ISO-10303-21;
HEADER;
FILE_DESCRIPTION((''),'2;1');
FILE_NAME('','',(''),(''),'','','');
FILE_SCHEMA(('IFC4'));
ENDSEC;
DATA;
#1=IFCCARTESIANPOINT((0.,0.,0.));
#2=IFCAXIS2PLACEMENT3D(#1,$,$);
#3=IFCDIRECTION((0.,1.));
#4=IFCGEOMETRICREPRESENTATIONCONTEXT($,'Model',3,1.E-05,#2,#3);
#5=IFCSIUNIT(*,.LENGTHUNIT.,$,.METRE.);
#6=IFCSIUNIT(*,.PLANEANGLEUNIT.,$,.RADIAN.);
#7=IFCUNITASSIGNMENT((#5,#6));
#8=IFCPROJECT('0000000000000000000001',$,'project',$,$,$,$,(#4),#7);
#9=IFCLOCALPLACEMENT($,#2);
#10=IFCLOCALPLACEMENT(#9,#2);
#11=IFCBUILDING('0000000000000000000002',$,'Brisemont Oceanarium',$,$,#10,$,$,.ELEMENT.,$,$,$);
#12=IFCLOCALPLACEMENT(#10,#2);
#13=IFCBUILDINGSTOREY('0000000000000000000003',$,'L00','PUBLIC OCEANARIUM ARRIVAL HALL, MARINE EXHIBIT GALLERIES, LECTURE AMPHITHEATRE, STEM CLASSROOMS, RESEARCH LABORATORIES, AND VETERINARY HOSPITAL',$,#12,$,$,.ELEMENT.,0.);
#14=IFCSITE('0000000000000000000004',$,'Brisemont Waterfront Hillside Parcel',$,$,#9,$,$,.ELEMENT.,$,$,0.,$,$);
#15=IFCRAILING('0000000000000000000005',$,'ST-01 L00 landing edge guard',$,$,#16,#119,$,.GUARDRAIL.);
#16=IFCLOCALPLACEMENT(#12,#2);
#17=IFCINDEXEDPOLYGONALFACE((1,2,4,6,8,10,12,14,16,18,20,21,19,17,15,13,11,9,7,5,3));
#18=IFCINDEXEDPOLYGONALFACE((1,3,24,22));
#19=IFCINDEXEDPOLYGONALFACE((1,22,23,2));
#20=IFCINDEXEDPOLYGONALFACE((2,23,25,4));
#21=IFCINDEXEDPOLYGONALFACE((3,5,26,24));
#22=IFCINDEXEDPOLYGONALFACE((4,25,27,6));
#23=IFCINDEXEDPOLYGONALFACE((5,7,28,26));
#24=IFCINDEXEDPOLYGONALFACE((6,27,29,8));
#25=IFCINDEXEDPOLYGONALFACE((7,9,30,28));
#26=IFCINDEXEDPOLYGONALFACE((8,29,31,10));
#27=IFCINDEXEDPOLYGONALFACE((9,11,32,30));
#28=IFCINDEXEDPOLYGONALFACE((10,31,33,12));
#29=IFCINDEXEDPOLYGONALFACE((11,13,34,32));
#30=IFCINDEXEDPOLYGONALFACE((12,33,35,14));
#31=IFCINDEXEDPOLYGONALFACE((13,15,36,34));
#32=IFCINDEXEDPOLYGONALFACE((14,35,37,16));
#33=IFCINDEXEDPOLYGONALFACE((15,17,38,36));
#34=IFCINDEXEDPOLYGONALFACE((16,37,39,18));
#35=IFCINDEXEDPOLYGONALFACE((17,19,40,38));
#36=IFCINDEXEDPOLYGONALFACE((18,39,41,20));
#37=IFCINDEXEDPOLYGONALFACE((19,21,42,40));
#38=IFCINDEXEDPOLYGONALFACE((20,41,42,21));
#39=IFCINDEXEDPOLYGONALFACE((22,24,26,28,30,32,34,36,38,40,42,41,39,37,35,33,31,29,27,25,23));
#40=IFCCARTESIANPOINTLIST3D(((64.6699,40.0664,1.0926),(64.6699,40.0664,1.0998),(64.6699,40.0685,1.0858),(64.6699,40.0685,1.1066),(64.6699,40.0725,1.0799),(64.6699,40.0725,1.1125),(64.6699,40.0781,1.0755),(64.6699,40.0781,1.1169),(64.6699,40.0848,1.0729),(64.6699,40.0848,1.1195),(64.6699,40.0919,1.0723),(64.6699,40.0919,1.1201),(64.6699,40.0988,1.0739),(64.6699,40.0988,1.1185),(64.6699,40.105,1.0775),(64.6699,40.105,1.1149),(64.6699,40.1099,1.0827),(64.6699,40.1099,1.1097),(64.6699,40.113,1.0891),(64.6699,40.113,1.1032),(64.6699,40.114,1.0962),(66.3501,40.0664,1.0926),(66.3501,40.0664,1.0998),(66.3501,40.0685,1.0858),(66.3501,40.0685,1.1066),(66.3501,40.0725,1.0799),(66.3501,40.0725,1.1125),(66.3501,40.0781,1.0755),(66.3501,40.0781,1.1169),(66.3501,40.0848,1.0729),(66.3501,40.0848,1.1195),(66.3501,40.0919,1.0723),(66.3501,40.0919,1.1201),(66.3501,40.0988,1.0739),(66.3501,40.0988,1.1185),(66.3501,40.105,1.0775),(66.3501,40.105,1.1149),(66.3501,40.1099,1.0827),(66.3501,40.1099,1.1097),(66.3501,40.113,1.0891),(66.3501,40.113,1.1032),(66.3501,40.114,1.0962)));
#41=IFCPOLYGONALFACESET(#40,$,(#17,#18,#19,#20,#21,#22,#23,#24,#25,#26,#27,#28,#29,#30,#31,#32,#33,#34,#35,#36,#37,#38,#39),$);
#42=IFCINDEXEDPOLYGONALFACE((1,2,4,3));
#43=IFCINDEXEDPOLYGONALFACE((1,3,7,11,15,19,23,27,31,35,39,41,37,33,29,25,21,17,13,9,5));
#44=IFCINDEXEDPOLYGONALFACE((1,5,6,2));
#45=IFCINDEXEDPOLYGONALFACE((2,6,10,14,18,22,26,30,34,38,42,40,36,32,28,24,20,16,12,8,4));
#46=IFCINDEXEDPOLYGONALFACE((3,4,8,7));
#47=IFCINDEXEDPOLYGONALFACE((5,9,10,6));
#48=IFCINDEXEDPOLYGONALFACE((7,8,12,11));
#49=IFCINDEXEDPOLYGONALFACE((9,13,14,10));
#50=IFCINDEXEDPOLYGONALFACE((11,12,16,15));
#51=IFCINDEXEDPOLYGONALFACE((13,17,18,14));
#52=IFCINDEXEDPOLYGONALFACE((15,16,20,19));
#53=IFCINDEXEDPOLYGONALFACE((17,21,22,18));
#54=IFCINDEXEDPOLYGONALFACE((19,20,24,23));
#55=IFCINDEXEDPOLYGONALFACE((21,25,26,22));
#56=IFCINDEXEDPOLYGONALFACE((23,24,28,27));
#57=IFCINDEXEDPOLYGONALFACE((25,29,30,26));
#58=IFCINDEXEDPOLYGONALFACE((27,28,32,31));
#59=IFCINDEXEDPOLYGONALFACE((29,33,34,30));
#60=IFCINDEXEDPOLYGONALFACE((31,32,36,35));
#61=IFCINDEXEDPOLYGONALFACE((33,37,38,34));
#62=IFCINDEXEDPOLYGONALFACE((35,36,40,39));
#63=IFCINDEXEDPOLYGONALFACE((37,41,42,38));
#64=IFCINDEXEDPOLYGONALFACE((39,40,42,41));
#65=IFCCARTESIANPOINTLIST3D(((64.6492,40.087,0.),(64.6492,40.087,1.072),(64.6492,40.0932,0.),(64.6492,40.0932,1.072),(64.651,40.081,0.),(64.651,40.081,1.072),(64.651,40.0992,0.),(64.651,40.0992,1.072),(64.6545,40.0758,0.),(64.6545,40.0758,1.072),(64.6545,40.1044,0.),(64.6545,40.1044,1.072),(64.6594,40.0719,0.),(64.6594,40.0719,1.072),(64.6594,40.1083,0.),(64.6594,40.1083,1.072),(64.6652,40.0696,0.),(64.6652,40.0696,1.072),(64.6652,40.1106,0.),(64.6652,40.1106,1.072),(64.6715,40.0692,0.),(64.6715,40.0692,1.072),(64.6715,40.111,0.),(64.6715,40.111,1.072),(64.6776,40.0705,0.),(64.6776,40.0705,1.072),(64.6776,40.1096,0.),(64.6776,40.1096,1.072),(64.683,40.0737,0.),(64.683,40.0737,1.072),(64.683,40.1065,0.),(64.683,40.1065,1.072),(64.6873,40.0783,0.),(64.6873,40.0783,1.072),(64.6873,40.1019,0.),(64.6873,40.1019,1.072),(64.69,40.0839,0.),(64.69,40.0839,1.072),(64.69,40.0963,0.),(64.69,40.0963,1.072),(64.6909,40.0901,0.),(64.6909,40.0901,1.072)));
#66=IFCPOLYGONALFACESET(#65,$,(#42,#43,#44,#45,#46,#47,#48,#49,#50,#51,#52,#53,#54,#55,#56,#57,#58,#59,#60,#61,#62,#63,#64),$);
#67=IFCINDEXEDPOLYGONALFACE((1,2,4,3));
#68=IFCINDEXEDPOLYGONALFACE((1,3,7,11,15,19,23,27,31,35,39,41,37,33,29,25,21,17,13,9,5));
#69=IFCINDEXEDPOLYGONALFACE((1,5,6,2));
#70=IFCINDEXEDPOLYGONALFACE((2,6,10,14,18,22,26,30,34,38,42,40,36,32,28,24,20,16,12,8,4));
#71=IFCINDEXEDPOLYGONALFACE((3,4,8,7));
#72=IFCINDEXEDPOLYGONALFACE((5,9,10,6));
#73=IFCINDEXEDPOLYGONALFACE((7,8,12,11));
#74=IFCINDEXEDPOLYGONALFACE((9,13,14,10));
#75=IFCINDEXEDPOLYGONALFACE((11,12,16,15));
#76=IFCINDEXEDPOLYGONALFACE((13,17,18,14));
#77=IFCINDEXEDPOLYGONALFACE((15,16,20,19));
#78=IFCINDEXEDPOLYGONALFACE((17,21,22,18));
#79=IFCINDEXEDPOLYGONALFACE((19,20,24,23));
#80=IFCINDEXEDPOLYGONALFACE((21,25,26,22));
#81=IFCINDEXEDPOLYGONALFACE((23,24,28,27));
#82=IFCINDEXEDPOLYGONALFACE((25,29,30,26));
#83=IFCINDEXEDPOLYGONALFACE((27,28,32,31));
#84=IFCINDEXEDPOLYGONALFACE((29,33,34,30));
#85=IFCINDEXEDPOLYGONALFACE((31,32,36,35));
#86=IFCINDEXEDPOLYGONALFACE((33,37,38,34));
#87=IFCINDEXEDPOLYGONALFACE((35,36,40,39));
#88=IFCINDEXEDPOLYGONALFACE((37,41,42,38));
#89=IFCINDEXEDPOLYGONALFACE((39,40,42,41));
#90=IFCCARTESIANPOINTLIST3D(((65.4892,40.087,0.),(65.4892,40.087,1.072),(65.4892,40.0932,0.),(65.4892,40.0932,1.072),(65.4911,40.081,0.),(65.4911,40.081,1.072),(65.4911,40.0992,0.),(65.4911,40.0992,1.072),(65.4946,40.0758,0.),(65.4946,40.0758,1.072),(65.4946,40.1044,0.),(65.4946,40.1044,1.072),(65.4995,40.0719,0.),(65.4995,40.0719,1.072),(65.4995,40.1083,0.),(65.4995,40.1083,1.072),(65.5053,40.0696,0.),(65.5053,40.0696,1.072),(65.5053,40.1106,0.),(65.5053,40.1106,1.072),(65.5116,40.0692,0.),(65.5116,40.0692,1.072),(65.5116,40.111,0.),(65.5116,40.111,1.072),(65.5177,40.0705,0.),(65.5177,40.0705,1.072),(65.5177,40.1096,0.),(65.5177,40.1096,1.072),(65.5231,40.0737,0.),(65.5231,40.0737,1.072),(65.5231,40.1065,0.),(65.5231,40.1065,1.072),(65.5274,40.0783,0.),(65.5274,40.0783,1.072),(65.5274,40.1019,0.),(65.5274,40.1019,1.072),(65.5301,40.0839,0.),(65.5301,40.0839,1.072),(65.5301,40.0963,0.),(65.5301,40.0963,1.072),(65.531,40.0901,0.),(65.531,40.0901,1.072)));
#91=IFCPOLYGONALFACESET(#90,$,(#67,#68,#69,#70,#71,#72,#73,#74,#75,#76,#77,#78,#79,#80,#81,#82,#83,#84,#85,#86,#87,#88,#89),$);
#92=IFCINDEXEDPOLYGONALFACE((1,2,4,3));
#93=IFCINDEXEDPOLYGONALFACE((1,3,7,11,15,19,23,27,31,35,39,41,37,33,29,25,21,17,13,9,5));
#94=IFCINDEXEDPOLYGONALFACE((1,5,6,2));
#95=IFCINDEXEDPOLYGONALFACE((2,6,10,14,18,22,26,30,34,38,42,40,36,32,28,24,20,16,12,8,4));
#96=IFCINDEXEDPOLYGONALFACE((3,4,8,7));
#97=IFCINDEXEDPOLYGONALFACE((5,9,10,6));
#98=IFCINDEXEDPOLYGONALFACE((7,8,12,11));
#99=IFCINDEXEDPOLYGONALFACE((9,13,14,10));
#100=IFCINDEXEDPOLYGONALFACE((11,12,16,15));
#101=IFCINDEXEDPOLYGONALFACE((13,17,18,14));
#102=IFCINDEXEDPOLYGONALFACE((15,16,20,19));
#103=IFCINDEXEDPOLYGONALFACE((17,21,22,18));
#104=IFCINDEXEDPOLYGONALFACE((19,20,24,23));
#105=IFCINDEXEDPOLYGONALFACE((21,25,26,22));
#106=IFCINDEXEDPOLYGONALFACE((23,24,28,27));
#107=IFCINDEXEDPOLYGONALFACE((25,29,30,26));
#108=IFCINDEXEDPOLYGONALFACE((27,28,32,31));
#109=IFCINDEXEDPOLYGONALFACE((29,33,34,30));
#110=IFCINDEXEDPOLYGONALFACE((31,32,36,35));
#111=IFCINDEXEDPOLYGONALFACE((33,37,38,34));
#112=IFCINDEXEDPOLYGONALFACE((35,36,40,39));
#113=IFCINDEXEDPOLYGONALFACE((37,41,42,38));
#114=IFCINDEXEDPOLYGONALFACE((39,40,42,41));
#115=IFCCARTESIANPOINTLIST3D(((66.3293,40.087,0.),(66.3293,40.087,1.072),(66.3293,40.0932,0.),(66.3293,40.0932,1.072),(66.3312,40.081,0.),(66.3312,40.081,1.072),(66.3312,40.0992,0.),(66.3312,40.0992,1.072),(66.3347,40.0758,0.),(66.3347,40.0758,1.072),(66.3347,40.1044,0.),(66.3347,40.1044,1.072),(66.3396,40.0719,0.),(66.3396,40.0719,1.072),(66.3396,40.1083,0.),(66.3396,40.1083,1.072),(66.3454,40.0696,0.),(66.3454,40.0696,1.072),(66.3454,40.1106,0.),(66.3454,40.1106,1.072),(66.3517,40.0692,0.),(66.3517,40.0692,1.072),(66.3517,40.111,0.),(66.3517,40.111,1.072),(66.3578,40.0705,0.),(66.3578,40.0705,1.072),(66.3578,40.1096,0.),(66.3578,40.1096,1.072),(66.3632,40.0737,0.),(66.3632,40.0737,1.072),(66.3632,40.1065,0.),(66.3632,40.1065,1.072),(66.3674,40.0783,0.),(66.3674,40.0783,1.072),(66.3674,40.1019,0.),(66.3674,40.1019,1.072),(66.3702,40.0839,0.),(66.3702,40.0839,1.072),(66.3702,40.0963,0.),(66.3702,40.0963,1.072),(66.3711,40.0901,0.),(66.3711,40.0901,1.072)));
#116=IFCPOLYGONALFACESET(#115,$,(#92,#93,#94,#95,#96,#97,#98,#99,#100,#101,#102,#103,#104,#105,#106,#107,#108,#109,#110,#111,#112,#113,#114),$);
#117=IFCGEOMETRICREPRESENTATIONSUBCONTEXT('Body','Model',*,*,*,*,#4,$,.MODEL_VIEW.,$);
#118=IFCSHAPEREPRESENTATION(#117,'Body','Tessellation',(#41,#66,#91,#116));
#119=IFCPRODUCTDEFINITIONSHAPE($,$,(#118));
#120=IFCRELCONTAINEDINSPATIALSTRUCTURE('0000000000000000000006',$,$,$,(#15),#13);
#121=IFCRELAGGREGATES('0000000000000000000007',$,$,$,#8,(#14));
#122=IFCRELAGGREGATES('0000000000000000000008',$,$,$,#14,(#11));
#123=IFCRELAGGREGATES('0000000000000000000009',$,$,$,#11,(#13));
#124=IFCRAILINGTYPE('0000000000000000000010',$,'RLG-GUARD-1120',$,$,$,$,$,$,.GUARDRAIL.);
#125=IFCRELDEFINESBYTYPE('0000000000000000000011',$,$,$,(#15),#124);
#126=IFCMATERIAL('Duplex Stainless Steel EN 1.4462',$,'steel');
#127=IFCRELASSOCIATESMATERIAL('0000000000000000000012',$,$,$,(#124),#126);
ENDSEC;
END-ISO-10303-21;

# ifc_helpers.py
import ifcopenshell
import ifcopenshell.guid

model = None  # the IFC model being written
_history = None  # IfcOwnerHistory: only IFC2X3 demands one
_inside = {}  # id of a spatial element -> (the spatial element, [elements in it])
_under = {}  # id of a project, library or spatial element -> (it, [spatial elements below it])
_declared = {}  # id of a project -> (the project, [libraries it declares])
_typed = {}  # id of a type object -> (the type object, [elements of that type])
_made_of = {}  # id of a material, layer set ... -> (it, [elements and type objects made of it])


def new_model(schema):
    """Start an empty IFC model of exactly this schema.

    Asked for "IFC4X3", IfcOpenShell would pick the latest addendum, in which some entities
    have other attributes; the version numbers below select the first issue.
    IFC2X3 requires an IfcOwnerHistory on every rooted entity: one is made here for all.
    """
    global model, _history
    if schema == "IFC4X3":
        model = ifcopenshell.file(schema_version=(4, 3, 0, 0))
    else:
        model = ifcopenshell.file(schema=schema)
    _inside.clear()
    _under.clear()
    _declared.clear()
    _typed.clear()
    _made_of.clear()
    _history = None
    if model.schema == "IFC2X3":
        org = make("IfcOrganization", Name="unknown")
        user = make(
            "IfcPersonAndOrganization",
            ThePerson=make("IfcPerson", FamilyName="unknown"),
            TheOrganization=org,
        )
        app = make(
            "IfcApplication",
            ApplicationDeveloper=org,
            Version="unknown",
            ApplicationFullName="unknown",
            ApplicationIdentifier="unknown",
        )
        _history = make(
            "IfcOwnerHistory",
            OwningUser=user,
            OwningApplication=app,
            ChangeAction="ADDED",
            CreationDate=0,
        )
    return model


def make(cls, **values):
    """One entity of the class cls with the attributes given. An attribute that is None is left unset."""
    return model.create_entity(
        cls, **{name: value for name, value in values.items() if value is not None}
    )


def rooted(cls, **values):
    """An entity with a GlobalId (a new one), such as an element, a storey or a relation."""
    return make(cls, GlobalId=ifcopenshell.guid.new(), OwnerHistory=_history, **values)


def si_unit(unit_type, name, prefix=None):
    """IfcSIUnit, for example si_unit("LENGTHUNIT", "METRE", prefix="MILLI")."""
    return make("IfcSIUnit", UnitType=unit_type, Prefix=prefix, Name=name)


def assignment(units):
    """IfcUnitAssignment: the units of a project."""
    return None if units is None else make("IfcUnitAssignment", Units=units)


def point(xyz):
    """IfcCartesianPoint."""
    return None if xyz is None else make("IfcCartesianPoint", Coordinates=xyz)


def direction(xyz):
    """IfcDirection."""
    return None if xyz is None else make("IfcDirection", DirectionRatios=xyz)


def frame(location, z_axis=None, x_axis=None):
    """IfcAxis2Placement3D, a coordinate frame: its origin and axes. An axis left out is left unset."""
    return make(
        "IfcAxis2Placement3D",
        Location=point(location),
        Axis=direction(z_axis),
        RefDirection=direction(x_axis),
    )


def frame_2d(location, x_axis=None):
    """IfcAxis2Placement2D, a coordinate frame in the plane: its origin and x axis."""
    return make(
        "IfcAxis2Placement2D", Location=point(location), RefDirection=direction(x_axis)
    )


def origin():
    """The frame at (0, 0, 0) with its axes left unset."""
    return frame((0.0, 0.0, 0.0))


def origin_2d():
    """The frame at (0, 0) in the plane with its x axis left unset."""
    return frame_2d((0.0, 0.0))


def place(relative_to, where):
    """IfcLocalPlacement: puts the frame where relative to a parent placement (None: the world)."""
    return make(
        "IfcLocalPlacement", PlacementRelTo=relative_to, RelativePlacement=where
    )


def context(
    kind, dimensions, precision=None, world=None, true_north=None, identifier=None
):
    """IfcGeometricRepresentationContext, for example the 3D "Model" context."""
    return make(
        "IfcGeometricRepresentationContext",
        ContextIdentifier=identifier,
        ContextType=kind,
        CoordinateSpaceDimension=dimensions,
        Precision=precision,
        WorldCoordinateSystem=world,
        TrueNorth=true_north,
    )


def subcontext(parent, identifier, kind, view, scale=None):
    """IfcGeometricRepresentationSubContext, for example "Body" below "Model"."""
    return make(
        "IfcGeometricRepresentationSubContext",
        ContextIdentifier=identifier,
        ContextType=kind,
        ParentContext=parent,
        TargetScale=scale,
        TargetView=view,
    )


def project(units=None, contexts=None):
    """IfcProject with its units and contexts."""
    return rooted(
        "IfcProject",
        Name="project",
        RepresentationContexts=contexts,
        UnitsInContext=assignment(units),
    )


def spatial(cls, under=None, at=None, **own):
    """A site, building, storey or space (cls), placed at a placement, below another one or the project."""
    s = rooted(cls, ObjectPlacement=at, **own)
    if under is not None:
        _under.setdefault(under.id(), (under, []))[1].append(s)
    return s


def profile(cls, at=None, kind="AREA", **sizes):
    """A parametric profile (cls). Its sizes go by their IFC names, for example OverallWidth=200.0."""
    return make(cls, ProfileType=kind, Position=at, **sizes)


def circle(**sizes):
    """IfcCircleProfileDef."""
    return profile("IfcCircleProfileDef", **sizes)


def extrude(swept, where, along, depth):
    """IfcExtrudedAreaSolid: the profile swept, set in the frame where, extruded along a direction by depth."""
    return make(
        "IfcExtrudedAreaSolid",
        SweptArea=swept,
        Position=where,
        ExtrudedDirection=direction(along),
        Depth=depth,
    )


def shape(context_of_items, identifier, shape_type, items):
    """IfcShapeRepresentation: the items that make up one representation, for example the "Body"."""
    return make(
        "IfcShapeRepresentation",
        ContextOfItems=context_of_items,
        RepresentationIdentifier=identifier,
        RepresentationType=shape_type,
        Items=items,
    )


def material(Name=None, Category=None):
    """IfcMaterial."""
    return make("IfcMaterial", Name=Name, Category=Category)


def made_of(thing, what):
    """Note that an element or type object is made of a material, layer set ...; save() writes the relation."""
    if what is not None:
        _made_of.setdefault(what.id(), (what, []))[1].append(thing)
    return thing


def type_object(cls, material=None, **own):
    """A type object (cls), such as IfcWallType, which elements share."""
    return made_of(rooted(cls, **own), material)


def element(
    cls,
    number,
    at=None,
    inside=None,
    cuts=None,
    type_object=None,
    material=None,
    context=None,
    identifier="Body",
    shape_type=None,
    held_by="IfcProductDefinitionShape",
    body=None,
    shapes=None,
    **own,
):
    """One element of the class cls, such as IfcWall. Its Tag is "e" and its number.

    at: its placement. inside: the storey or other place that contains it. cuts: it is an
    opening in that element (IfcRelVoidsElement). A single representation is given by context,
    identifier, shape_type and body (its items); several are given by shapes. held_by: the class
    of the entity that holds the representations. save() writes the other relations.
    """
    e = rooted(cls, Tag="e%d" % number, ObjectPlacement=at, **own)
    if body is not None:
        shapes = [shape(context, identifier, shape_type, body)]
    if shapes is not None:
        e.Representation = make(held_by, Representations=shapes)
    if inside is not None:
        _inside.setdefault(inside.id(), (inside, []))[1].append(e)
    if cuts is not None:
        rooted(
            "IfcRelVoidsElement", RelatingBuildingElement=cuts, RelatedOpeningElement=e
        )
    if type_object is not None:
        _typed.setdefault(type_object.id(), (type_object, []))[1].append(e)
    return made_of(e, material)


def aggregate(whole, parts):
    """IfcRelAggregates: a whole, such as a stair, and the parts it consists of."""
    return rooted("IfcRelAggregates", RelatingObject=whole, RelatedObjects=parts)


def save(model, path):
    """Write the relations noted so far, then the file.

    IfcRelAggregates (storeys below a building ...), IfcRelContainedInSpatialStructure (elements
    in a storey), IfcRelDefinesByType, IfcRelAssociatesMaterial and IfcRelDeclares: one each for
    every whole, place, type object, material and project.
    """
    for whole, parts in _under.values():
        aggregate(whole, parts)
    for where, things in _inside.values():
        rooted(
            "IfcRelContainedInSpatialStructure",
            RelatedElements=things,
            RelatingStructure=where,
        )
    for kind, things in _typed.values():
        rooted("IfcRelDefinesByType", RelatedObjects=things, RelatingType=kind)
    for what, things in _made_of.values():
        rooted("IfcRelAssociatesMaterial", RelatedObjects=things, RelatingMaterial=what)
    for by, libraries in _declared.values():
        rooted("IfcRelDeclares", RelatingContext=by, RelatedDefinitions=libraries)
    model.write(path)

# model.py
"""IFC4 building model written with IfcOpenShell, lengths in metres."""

from ifc_helpers import new_model, si_unit, direction, frame, origin, origin_2d, place, context, subcontext, project, spatial, circle, extrude, material, type_object, element, save


model = new_model("IFC4")

# Units and contexts
model_context = context("Model", 3, precision=1e-05, world=origin(), true_north=direction((0.0, 1.0)))
body_context = subcontext(model_context, "Body", "Model", "MODEL_VIEW")
ifc_project = project(units=[si_unit("LENGTHUNIT", "METRE"), si_unit("PLANEANGLEUNIT", "RADIAN")], contexts=[model_context])

# Site, building, storey
site_placement = place(None, origin())
site = spatial("IfcSite", under=ifc_project, at=site_placement, Name="Brisemont Waterfront Hillside Parcel", CompositionType="ELEMENT", RefElevation=0.0)
building_placement = place(site_placement, origin())
building = spatial("IfcBuilding", under=site, at=building_placement, Name="Brisemont Oceanarium", CompositionType="ELEMENT")
storey_placement = place(building_placement, origin())
storey = spatial("IfcBuildingStorey", under=building, at=storey_placement, Name="L00", Description="PUBLIC OCEANARIUM ARRIVAL HALL, MARINE EXHIBIT GALLERIES, LECTURE AMPHITHEATRE, STEM CLASSROOMS, RESEARCH LABORATORIES, AND VETERINARY HOSPITAL", CompositionType="ELEMENT", Elevation=0.0)

# Railing
ifc_material_1 = material(Name="Duplex Stainless Steel EN 1.4462", Category="steel")
railing_type_1 = type_object("IfcRailingType", Name="RLG-GUARD-1120", PredefinedType="GUARDRAIL", material=ifc_material_1)
railing_1_placement = place(storey_placement, frame((64.6699, 40.0901, 0.0)))
element("IfcRailing", 1, at=railing_1_placement, inside=storey, type_object=railing_type_1, Name="ST-01 L00 landing edge guard", PredefinedType="GUARDRAIL", context=body_context, shape_type="SweptSolid", body=[
    extrude(circle(Radius=0.0239, at=origin_2d()), frame((0.0, 0.0, 1.0962), z_axis=(1.0, 0.0, 0.0), x_axis=(0.0, 1.0, 0.0)), (0.0, 0.0, 1.0), 1.6802),
    extrude(circle(Radius=0.021, at=origin_2d()), origin(), (0.0, 0.0, 1.0), 1.072),
    extrude(circle(Radius=0.021, at=origin_2d()), frame((0.8401, 0.0, 0.0)), (0.0, 0.0, 1.0), 1.072),
    extrude(circle(Radius=0.021, at=origin_2d()), frame((1.6802, 0.0, 0.0)), (0.0, 0.0, 1.0), 1.072),
])

save(model, "model.ifc")
